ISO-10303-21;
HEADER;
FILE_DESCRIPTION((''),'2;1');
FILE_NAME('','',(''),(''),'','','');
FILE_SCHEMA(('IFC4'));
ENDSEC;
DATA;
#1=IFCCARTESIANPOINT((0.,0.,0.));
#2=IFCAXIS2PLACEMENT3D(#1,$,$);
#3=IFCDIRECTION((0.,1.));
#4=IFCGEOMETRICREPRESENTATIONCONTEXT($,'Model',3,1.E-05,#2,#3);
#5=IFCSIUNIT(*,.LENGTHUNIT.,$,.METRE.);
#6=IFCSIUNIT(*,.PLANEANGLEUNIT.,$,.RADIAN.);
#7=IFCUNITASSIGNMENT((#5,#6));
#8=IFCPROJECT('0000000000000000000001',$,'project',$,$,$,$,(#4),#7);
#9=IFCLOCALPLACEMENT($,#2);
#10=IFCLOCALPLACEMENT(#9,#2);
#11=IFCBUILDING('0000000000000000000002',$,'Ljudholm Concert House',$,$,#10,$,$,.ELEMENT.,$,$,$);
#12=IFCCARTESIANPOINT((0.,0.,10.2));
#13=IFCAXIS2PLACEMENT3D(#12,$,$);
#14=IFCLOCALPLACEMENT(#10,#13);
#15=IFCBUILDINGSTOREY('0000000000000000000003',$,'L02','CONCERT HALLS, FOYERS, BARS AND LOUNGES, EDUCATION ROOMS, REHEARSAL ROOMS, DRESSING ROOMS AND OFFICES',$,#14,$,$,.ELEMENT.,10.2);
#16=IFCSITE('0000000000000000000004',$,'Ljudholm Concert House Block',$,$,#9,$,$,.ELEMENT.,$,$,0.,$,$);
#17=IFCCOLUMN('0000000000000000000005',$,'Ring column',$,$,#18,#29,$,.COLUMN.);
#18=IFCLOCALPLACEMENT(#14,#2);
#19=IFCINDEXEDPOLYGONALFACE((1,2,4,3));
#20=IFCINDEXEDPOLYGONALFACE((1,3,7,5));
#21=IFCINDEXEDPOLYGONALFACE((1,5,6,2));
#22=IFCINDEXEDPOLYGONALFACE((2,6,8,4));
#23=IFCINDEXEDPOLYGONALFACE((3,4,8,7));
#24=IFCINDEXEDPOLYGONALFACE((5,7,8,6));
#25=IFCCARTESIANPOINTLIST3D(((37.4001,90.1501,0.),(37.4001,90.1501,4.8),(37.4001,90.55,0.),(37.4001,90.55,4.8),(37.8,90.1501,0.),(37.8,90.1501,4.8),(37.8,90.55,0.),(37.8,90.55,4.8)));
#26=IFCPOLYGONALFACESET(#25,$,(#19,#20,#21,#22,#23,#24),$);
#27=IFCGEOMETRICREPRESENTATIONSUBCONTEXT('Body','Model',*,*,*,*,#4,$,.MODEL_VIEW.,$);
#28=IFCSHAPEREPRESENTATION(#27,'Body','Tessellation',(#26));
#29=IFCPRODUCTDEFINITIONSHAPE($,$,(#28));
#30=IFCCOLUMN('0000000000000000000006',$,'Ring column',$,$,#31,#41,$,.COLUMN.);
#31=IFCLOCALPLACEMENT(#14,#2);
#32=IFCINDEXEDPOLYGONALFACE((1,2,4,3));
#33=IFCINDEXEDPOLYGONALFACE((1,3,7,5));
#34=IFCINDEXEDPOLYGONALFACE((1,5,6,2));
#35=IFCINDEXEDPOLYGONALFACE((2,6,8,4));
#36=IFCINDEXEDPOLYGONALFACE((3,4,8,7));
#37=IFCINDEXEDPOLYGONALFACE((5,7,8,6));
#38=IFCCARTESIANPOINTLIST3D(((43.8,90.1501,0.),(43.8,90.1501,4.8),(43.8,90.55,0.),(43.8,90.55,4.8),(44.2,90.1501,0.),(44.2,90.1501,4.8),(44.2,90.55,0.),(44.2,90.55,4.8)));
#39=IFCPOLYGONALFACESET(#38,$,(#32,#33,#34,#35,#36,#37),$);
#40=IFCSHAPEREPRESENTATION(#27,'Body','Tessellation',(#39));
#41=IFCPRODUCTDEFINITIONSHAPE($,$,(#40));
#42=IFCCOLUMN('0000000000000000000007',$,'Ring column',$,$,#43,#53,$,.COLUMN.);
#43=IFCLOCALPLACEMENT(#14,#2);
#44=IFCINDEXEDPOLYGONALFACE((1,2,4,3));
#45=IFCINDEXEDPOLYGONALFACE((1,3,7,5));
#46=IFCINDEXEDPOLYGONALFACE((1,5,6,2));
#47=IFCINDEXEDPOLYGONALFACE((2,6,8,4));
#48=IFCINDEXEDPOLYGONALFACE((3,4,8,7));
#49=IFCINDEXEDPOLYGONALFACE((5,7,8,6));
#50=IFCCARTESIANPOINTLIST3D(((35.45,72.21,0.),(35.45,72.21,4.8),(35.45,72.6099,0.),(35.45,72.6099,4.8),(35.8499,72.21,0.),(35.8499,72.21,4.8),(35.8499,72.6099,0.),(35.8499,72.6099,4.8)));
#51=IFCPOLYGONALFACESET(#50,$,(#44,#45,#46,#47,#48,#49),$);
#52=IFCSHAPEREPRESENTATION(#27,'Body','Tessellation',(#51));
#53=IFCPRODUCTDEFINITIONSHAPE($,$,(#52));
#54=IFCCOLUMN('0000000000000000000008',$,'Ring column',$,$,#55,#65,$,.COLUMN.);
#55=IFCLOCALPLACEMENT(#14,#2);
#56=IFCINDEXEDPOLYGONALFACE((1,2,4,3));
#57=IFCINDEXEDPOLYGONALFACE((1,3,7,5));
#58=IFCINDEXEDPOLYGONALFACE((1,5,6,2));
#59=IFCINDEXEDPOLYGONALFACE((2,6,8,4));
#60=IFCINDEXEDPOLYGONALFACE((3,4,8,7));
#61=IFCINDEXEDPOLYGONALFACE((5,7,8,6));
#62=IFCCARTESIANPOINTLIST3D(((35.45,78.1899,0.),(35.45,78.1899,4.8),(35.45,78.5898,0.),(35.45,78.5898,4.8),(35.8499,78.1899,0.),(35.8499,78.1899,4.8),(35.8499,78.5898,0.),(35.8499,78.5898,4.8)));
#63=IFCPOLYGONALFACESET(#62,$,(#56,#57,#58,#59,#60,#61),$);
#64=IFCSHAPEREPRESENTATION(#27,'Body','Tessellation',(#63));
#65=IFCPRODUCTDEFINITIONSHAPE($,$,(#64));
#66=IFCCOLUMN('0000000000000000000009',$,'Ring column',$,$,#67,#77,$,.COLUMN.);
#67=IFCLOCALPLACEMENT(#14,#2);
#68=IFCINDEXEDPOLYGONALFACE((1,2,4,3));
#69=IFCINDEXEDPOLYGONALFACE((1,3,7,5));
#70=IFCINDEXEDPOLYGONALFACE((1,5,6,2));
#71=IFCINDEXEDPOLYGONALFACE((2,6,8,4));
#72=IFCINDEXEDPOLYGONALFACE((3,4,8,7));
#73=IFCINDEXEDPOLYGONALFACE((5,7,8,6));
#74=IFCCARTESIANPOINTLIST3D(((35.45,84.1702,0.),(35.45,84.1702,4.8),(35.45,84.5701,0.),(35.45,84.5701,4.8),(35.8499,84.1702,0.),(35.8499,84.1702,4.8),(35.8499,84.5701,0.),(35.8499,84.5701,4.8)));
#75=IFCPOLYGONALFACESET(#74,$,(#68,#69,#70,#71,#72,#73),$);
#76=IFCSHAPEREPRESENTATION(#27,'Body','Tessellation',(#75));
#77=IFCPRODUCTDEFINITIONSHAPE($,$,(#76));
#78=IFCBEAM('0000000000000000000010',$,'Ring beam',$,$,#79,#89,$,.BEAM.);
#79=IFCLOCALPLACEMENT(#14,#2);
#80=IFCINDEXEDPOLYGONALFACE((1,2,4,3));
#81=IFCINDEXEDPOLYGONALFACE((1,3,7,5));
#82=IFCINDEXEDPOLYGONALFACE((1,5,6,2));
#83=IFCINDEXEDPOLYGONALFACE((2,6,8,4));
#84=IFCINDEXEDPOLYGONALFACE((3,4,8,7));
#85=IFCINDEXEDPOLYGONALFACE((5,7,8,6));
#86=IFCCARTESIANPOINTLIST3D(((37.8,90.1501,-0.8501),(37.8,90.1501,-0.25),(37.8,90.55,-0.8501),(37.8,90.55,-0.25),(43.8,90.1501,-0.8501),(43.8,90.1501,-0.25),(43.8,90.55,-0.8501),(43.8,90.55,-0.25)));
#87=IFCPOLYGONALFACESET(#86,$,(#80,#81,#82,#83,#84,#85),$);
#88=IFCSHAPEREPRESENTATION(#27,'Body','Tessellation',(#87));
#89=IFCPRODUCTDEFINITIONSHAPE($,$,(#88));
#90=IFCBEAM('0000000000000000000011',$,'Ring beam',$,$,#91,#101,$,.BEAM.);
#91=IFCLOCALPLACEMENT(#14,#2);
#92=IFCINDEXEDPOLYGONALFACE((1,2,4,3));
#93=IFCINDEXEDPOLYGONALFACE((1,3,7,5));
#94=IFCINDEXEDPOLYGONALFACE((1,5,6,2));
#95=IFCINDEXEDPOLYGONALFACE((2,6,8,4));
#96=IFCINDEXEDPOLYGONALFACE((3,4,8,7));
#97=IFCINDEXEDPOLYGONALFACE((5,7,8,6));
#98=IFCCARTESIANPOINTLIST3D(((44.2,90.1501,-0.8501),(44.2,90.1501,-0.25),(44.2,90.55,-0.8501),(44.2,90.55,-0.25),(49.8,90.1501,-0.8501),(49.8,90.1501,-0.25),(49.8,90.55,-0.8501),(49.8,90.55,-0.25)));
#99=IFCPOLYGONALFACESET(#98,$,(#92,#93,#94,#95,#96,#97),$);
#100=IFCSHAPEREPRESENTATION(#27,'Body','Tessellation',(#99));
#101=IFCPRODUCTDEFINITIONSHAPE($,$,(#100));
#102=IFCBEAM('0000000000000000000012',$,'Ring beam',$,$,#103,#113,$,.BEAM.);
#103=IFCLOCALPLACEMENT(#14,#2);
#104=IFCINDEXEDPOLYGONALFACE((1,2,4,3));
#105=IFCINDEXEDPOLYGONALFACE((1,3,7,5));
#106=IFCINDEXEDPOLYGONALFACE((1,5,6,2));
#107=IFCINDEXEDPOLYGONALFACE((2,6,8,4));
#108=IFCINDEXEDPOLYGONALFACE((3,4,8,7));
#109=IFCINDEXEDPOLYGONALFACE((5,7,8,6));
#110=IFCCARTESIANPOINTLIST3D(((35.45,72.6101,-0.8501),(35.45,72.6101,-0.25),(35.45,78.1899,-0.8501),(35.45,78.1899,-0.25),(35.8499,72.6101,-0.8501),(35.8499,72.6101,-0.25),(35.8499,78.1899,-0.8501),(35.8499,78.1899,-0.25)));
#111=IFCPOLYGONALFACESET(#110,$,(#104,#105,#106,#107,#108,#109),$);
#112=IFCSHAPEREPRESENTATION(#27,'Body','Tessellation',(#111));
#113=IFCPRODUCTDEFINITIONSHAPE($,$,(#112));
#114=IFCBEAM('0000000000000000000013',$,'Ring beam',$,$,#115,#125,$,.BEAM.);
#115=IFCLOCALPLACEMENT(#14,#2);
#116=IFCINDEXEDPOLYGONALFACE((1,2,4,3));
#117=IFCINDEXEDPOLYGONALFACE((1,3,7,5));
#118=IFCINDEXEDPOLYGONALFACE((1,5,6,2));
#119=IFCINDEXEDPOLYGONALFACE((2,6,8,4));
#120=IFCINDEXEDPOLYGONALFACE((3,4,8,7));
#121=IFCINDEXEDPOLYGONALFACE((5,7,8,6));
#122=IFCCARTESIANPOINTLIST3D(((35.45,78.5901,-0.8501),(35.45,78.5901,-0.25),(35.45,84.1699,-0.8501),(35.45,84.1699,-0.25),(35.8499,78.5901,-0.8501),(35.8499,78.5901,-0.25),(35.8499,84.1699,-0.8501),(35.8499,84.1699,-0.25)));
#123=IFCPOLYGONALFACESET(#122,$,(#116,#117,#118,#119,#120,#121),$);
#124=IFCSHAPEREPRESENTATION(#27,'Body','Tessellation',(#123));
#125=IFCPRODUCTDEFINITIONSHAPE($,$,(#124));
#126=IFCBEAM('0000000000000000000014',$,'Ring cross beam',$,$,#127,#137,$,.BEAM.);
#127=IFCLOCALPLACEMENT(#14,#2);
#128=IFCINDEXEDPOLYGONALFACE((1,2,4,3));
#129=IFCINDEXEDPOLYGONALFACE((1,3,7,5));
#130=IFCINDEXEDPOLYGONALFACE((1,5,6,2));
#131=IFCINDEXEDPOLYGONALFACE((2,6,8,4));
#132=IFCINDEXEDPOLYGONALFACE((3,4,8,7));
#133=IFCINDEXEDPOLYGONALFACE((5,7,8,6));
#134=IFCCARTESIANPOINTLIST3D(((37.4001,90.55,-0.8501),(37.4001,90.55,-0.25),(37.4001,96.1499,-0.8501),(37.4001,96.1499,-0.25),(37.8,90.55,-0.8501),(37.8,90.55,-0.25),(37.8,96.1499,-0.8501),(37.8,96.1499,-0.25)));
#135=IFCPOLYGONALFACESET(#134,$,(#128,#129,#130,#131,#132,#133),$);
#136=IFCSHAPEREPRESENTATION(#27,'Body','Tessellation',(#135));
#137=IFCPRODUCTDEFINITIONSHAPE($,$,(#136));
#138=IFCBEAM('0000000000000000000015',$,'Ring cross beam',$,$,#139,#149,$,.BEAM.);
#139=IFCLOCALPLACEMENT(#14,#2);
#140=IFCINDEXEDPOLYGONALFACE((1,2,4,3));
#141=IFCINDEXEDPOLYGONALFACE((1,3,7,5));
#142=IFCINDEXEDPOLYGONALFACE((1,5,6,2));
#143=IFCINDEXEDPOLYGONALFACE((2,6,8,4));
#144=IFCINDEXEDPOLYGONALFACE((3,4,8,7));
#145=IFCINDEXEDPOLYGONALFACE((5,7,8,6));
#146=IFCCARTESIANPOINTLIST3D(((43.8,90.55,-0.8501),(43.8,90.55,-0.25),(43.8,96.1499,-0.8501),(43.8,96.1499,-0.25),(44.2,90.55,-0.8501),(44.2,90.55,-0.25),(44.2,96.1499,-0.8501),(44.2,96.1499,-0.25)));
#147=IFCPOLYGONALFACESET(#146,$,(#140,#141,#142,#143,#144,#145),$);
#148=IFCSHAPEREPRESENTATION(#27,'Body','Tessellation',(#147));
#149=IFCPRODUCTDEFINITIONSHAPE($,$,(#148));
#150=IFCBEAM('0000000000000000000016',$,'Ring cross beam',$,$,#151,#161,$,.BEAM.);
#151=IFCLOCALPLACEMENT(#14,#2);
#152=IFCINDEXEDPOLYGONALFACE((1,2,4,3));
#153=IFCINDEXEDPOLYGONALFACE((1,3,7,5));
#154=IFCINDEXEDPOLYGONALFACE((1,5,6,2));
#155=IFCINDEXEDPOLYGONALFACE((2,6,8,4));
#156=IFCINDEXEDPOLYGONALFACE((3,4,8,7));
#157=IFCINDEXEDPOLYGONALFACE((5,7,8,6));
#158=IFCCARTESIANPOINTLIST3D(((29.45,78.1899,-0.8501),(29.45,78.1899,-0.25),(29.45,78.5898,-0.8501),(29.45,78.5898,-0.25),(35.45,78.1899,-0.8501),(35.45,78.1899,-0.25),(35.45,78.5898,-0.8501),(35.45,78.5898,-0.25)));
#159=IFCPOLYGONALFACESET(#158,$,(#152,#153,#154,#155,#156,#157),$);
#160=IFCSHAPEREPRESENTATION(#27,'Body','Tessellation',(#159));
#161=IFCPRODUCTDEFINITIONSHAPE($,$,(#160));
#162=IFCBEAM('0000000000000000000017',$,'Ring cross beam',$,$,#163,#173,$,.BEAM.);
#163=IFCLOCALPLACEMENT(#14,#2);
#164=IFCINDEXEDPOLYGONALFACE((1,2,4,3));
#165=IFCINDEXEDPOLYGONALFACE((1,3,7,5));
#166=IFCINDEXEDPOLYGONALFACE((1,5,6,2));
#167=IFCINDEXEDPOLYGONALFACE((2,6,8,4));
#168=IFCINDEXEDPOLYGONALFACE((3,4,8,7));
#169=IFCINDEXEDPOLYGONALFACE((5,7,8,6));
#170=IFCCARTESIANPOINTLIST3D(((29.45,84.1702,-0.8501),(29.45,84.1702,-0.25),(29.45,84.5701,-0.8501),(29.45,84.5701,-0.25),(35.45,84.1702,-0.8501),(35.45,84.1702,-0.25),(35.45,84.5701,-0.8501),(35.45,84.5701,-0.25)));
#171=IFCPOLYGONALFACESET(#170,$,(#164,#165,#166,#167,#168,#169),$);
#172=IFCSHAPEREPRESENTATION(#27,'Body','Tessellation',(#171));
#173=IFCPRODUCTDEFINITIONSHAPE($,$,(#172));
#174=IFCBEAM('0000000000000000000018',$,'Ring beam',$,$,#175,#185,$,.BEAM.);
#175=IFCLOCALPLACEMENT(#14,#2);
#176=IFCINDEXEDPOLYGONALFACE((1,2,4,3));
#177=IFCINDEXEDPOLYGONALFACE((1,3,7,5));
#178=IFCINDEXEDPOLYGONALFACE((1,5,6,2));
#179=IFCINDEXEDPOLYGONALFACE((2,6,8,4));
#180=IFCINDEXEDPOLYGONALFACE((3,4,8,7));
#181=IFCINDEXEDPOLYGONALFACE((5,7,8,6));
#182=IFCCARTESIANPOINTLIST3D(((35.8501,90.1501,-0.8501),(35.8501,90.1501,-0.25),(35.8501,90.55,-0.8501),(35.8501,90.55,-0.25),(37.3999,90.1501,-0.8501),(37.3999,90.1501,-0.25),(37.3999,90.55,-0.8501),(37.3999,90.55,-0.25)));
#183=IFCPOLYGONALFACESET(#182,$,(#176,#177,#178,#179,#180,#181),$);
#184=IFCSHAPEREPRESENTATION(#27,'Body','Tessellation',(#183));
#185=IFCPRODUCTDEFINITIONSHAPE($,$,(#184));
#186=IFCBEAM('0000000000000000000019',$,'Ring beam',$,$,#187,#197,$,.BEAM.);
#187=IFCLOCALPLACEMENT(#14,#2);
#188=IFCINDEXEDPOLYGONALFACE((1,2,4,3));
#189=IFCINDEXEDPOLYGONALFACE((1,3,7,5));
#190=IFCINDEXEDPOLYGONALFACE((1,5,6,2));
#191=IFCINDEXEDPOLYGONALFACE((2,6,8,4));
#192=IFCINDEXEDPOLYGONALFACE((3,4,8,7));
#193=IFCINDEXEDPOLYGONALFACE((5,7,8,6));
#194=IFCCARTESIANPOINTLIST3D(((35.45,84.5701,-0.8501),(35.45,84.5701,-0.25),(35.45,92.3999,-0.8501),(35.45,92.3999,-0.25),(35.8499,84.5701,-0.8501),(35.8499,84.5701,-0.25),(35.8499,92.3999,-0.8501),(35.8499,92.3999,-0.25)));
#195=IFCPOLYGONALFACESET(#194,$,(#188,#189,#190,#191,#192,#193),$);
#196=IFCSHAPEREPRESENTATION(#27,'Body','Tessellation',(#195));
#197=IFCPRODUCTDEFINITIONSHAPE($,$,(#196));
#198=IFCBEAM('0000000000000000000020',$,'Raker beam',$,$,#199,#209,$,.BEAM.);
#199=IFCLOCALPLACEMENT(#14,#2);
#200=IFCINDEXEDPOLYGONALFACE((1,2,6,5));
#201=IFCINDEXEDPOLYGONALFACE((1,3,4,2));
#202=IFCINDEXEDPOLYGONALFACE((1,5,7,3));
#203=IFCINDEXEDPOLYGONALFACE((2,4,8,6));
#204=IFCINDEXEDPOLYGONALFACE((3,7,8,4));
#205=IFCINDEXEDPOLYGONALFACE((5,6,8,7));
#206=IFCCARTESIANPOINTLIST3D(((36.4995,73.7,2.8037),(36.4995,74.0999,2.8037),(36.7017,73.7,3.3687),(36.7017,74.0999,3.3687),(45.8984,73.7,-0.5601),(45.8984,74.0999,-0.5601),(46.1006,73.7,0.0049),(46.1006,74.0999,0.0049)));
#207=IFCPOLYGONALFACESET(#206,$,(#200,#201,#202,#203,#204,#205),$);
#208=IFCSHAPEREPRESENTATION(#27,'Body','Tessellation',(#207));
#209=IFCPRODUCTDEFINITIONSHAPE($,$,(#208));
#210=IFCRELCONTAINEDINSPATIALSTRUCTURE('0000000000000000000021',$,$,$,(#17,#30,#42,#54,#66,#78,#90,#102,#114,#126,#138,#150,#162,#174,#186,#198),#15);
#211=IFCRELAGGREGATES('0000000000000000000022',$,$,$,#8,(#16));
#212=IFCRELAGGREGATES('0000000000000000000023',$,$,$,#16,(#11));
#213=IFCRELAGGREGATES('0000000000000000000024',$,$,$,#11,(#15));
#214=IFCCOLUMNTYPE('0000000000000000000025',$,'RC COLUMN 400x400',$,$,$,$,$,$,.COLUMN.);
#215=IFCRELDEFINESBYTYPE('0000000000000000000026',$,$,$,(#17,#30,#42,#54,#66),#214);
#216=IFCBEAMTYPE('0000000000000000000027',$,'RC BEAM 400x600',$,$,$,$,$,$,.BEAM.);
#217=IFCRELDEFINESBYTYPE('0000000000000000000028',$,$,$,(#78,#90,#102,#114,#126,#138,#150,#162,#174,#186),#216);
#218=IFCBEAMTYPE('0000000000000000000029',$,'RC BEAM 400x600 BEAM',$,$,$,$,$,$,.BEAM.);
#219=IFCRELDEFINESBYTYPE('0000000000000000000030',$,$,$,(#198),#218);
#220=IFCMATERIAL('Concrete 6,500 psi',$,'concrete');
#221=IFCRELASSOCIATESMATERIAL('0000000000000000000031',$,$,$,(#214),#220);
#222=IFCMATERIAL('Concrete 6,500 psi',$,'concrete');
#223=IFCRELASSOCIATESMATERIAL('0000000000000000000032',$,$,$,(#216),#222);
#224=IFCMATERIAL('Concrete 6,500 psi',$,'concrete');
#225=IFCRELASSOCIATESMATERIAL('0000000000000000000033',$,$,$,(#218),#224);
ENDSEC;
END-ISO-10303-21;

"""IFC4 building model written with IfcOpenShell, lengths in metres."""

from ifc_helpers import new_model, si_unit, direction, frame, origin, origin_2d, place, context, subcontext, project, spatial, rectangle, extrude, material, material_profile, profile_set, type_object, element, save


model = new_model("IFC4")

# Units and contexts
model_context = context("Model", 3, precision=1e-05, world=origin(), true_north=direction((0.0, 1.0)))
body_context = subcontext(model_context, "Body", "Model", "MODEL_VIEW")
ifc_project = project(units=[si_unit("LENGTHUNIT", "METRE"), si_unit("PLANEANGLEUNIT", "RADIAN")], contexts=[model_context])

# Site, building, storey
site_placement = place(None, origin())
site = spatial("IfcSite", under=ifc_project, at=site_placement, Name="Ljudholm Concert House Block", CompositionType="ELEMENT", RefElevation=0.0)
building_placement = place(site_placement, origin())
building = spatial("IfcBuilding", under=site, at=building_placement, Name="Ljudholm Concert House", CompositionType="ELEMENT")
storey_placement = place(building_placement, frame((0.0, 0.0, 10.2)))
storey = spatial("IfcBuildingStorey", under=building, at=storey_placement, Name="L02", Description="CONCERT HALLS, FOYERS, BARS AND LOUNGES, EDUCATION ROOMS, REHEARSAL ROOMS, DRESSING ROOMS AND OFFICES", CompositionType="ELEMENT", Elevation=10.2)

# Columns
ifc_material_1 = material(Name="Concrete 6,500 psi", Category="concrete")
ifc_material_profile_1 = material_profile(ifc_material_1, rectangle(XDim=0.3999, YDim=0.3999, at=origin_2d()), Name="RC COLUMN 400x400")
ifc_profile_set_1 = profile_set([ifc_material_profile_1], Name="Concrete 6,500 psi")
column_type = type_object("IfcColumnType", Name="RC COLUMN 400x400", PredefinedType="COLUMN", material=ifc_profile_set_1)
for number, where, z_axis, x_axis, name in (
    (1, (37.6001, 90.3501, 0.0), (0.0, 0.0, 1.0), (1.0, 0.0, 0.0), "Ring column"),
    (2, (44.0, 90.3501, 0.0), (0.0, 0.0, 1.0), (1.0, 0.0, 0.0), "Ring column"),
    (3, (35.6499, 72.4099, 0.0), (0.0, 0.0, 1.0), (1.0, 0.0, 0.0), "Ring column"),
    (4, (35.6499, 78.3899, 0.0), (0.0, 0.0, 1.0), (1.0, 0.0, 0.0), "Ring column"),
    (5, (35.6499, 84.3701, 0.0), (0.0, 0.0, 1.0), (1.0, 0.0, 0.0), "Ring column"),
):
    element("IfcColumn", number, at=place(storey_placement, frame(where, z_axis=z_axis, x_axis=x_axis)), inside=storey, type_object=column_type, Name=name, PredefinedType="COLUMN", context=body_context, shape_type="SweptSolid", body=[
        extrude(rectangle(XDim=0.3999, YDim=0.3999, at=origin_2d()), origin(), (0.0, 0.0, 1.0), 4.8),
    ])

# Beams
ifc_material_2 = material(Name="Concrete 6,500 psi", Category="concrete")
ifc_material_profile_2 = material_profile(ifc_material_2, rectangle(XDim=0.3999, YDim=0.6001, at=origin_2d()), Name="RC BEAM 400x600")
ifc_profile_set_2 = profile_set([ifc_material_profile_2], Name="Concrete 6,500 psi")
beam_type_1 = type_object("IfcBeamType", Name="RC BEAM 400x600", PredefinedType="BEAM", material=ifc_profile_set_2)
beam_1_placement = place(storey_placement, frame((37.8, 90.3501, -0.55), z_axis=(1.0, 0.0, 0.0), x_axis=(0.0, 1.0, 0.0)))
element("IfcBeam", 6, at=beam_1_placement, inside=storey, type_object=beam_type_1, Name="Ring beam", PredefinedType="BEAM", context=body_context, shape_type="SweptSolid", body=[
    extrude(rectangle(XDim=0.3999, YDim=0.6001, at=origin_2d()), origin(), (0.0, 0.0, 1.0), 6.0),
])
beam_2_placement = place(storey_placement, frame((44.2, 90.3501, -0.55), z_axis=(1.0, 0.0, 0.0), x_axis=(0.0, 1.0, 0.0)))
element("IfcBeam", 7, at=beam_2_placement, inside=storey, type_object=beam_type_1, Name="Ring beam", PredefinedType="BEAM", context=body_context, shape_type="SweptSolid", body=[
    extrude(rectangle(XDim=0.3999, YDim=0.6001, at=origin_2d()), origin(), (0.0, 0.0, 1.0), 5.6001),
])
for number, where, z_axis, x_axis, name in (
    (8, (35.6499, 72.6101, -0.55), (0.0, 1.0, 0.0), (-1.0, 0.0, 0.0), "Ring beam"),
    (9, (35.6499, 78.5901, -0.55), (0.0, 1.0, 0.0), (-1.0, 0.0, 0.0), "Ring beam"),
):
    element("IfcBeam", number, at=place(storey_placement, frame(where, z_axis=z_axis, x_axis=x_axis)), inside=storey, type_object=beam_type_1, Name=name, PredefinedType="BEAM", context=body_context, shape_type="SweptSolid", body=[
        extrude(rectangle(XDim=0.3999, YDim=0.6001, at=origin_2d()), origin(), (0.0, 0.0, 1.0), 5.5798),
    ])
for number, where, z_axis, x_axis, name in (
    (10, (37.6001, 90.55, -0.55), (0.0, 1.0, 0.0), (-1.0, 0.0, 0.0), "Ring cross beam"),
    (11, (44.0, 90.55, -0.55), (0.0, 1.0, 0.0), (-1.0, 0.0, 0.0), "Ring cross beam"),
):
    element("IfcBeam", number, at=place(storey_placement, frame(where, z_axis=z_axis, x_axis=x_axis)), inside=storey, type_object=beam_type_1, Name=name, PredefinedType="BEAM", context=body_context, shape_type="SweptSolid", body=[
        extrude(rectangle(XDim=0.3999, YDim=0.6001, at=origin_2d()), origin(), (0.0, 0.0, 1.0), 5.5999),
    ])
for number, where, z_axis, x_axis, name in (
    (12, (35.45, 78.3899, -0.55), (-1.0, 0.0, 0.0), (0.0, -1.0, 0.0), "Ring cross beam"),
    (13, (35.45, 84.3701, -0.55), (-1.0, 0.0, 0.0), (0.0, -1.0, 0.0), "Ring cross beam"),
):
    element("IfcBeam", number, at=place(storey_placement, frame(where, z_axis=z_axis, x_axis=x_axis)), inside=storey, type_object=beam_type_1, Name=name, PredefinedType="BEAM", context=body_context, shape_type="SweptSolid", body=[
        extrude(rectangle(XDim=0.3999, YDim=0.6001, at=origin_2d()), origin(), (0.0, 0.0, 1.0), 6.0),
    ])
beam_3_placement = place(storey_placement, frame((35.8501, 90.3501, -0.55), z_axis=(1.0, 0.0, 0.0), x_axis=(0.0, 1.0, 0.0)))
element("IfcBeam", 14, at=beam_3_placement, inside=storey, type_object=beam_type_1, Name="Ring beam", PredefinedType="BEAM", context=body_context, shape_type="SweptSolid", body=[
    extrude(rectangle(XDim=0.3999, YDim=0.6001, at=origin_2d()), origin(), (0.0, 0.0, 1.0), 1.5498),
])
beam_4_placement = place(storey_placement, frame((35.6499, 84.5701, -0.55), z_axis=(0.0, 1.0, 0.0), x_axis=(-1.0, 0.0, 0.0)))
element("IfcBeam", 15, at=beam_4_placement, inside=storey, type_object=beam_type_1, Name="Ring beam", PredefinedType="BEAM", context=body_context, shape_type="SweptSolid", body=[
    extrude(rectangle(XDim=0.3999, YDim=0.6001, at=origin_2d()), origin(), (0.0, 0.0, 1.0), 7.8298),
])
ifc_material_3 = material(Name="Concrete 6,500 psi", Category="concrete")
ifc_material_profile_3 = material_profile(ifc_material_3, rectangle(XDim=0.3999, YDim=0.6001, at=origin_2d()), Name="RC BEAM 400x600 BEAM")
ifc_profile_set_3 = profile_set([ifc_material_profile_3], Name="Concrete 6,500 psi")
beam_type_2 = type_object("IfcBeamType", Name="RC BEAM 400x600 BEAM", PredefinedType="BEAM", material=ifc_profile_set_3)
for number, where, z_axis, x_axis, name in (
    (16, (36.6006, 73.8999, 3.0862), (0.941519, 0.0, -0.336959), (0.0, 1.0, 0.0), "Raker beam"),
):
    element("IfcBeam", number, at=place(storey_placement, frame(where, z_axis=z_axis, x_axis=x_axis)), inside=storey, type_object=beam_type_2, Name=name, PredefinedType="BEAM", context=body_context, shape_type="SweptSolid", body=[
        extrude(rectangle(XDim=0.3999, YDim=0.6001, at=origin_2d()), origin(), (0.0, 0.0, 1.0), 9.9827),
    ])

save(model, "model.ifc")
